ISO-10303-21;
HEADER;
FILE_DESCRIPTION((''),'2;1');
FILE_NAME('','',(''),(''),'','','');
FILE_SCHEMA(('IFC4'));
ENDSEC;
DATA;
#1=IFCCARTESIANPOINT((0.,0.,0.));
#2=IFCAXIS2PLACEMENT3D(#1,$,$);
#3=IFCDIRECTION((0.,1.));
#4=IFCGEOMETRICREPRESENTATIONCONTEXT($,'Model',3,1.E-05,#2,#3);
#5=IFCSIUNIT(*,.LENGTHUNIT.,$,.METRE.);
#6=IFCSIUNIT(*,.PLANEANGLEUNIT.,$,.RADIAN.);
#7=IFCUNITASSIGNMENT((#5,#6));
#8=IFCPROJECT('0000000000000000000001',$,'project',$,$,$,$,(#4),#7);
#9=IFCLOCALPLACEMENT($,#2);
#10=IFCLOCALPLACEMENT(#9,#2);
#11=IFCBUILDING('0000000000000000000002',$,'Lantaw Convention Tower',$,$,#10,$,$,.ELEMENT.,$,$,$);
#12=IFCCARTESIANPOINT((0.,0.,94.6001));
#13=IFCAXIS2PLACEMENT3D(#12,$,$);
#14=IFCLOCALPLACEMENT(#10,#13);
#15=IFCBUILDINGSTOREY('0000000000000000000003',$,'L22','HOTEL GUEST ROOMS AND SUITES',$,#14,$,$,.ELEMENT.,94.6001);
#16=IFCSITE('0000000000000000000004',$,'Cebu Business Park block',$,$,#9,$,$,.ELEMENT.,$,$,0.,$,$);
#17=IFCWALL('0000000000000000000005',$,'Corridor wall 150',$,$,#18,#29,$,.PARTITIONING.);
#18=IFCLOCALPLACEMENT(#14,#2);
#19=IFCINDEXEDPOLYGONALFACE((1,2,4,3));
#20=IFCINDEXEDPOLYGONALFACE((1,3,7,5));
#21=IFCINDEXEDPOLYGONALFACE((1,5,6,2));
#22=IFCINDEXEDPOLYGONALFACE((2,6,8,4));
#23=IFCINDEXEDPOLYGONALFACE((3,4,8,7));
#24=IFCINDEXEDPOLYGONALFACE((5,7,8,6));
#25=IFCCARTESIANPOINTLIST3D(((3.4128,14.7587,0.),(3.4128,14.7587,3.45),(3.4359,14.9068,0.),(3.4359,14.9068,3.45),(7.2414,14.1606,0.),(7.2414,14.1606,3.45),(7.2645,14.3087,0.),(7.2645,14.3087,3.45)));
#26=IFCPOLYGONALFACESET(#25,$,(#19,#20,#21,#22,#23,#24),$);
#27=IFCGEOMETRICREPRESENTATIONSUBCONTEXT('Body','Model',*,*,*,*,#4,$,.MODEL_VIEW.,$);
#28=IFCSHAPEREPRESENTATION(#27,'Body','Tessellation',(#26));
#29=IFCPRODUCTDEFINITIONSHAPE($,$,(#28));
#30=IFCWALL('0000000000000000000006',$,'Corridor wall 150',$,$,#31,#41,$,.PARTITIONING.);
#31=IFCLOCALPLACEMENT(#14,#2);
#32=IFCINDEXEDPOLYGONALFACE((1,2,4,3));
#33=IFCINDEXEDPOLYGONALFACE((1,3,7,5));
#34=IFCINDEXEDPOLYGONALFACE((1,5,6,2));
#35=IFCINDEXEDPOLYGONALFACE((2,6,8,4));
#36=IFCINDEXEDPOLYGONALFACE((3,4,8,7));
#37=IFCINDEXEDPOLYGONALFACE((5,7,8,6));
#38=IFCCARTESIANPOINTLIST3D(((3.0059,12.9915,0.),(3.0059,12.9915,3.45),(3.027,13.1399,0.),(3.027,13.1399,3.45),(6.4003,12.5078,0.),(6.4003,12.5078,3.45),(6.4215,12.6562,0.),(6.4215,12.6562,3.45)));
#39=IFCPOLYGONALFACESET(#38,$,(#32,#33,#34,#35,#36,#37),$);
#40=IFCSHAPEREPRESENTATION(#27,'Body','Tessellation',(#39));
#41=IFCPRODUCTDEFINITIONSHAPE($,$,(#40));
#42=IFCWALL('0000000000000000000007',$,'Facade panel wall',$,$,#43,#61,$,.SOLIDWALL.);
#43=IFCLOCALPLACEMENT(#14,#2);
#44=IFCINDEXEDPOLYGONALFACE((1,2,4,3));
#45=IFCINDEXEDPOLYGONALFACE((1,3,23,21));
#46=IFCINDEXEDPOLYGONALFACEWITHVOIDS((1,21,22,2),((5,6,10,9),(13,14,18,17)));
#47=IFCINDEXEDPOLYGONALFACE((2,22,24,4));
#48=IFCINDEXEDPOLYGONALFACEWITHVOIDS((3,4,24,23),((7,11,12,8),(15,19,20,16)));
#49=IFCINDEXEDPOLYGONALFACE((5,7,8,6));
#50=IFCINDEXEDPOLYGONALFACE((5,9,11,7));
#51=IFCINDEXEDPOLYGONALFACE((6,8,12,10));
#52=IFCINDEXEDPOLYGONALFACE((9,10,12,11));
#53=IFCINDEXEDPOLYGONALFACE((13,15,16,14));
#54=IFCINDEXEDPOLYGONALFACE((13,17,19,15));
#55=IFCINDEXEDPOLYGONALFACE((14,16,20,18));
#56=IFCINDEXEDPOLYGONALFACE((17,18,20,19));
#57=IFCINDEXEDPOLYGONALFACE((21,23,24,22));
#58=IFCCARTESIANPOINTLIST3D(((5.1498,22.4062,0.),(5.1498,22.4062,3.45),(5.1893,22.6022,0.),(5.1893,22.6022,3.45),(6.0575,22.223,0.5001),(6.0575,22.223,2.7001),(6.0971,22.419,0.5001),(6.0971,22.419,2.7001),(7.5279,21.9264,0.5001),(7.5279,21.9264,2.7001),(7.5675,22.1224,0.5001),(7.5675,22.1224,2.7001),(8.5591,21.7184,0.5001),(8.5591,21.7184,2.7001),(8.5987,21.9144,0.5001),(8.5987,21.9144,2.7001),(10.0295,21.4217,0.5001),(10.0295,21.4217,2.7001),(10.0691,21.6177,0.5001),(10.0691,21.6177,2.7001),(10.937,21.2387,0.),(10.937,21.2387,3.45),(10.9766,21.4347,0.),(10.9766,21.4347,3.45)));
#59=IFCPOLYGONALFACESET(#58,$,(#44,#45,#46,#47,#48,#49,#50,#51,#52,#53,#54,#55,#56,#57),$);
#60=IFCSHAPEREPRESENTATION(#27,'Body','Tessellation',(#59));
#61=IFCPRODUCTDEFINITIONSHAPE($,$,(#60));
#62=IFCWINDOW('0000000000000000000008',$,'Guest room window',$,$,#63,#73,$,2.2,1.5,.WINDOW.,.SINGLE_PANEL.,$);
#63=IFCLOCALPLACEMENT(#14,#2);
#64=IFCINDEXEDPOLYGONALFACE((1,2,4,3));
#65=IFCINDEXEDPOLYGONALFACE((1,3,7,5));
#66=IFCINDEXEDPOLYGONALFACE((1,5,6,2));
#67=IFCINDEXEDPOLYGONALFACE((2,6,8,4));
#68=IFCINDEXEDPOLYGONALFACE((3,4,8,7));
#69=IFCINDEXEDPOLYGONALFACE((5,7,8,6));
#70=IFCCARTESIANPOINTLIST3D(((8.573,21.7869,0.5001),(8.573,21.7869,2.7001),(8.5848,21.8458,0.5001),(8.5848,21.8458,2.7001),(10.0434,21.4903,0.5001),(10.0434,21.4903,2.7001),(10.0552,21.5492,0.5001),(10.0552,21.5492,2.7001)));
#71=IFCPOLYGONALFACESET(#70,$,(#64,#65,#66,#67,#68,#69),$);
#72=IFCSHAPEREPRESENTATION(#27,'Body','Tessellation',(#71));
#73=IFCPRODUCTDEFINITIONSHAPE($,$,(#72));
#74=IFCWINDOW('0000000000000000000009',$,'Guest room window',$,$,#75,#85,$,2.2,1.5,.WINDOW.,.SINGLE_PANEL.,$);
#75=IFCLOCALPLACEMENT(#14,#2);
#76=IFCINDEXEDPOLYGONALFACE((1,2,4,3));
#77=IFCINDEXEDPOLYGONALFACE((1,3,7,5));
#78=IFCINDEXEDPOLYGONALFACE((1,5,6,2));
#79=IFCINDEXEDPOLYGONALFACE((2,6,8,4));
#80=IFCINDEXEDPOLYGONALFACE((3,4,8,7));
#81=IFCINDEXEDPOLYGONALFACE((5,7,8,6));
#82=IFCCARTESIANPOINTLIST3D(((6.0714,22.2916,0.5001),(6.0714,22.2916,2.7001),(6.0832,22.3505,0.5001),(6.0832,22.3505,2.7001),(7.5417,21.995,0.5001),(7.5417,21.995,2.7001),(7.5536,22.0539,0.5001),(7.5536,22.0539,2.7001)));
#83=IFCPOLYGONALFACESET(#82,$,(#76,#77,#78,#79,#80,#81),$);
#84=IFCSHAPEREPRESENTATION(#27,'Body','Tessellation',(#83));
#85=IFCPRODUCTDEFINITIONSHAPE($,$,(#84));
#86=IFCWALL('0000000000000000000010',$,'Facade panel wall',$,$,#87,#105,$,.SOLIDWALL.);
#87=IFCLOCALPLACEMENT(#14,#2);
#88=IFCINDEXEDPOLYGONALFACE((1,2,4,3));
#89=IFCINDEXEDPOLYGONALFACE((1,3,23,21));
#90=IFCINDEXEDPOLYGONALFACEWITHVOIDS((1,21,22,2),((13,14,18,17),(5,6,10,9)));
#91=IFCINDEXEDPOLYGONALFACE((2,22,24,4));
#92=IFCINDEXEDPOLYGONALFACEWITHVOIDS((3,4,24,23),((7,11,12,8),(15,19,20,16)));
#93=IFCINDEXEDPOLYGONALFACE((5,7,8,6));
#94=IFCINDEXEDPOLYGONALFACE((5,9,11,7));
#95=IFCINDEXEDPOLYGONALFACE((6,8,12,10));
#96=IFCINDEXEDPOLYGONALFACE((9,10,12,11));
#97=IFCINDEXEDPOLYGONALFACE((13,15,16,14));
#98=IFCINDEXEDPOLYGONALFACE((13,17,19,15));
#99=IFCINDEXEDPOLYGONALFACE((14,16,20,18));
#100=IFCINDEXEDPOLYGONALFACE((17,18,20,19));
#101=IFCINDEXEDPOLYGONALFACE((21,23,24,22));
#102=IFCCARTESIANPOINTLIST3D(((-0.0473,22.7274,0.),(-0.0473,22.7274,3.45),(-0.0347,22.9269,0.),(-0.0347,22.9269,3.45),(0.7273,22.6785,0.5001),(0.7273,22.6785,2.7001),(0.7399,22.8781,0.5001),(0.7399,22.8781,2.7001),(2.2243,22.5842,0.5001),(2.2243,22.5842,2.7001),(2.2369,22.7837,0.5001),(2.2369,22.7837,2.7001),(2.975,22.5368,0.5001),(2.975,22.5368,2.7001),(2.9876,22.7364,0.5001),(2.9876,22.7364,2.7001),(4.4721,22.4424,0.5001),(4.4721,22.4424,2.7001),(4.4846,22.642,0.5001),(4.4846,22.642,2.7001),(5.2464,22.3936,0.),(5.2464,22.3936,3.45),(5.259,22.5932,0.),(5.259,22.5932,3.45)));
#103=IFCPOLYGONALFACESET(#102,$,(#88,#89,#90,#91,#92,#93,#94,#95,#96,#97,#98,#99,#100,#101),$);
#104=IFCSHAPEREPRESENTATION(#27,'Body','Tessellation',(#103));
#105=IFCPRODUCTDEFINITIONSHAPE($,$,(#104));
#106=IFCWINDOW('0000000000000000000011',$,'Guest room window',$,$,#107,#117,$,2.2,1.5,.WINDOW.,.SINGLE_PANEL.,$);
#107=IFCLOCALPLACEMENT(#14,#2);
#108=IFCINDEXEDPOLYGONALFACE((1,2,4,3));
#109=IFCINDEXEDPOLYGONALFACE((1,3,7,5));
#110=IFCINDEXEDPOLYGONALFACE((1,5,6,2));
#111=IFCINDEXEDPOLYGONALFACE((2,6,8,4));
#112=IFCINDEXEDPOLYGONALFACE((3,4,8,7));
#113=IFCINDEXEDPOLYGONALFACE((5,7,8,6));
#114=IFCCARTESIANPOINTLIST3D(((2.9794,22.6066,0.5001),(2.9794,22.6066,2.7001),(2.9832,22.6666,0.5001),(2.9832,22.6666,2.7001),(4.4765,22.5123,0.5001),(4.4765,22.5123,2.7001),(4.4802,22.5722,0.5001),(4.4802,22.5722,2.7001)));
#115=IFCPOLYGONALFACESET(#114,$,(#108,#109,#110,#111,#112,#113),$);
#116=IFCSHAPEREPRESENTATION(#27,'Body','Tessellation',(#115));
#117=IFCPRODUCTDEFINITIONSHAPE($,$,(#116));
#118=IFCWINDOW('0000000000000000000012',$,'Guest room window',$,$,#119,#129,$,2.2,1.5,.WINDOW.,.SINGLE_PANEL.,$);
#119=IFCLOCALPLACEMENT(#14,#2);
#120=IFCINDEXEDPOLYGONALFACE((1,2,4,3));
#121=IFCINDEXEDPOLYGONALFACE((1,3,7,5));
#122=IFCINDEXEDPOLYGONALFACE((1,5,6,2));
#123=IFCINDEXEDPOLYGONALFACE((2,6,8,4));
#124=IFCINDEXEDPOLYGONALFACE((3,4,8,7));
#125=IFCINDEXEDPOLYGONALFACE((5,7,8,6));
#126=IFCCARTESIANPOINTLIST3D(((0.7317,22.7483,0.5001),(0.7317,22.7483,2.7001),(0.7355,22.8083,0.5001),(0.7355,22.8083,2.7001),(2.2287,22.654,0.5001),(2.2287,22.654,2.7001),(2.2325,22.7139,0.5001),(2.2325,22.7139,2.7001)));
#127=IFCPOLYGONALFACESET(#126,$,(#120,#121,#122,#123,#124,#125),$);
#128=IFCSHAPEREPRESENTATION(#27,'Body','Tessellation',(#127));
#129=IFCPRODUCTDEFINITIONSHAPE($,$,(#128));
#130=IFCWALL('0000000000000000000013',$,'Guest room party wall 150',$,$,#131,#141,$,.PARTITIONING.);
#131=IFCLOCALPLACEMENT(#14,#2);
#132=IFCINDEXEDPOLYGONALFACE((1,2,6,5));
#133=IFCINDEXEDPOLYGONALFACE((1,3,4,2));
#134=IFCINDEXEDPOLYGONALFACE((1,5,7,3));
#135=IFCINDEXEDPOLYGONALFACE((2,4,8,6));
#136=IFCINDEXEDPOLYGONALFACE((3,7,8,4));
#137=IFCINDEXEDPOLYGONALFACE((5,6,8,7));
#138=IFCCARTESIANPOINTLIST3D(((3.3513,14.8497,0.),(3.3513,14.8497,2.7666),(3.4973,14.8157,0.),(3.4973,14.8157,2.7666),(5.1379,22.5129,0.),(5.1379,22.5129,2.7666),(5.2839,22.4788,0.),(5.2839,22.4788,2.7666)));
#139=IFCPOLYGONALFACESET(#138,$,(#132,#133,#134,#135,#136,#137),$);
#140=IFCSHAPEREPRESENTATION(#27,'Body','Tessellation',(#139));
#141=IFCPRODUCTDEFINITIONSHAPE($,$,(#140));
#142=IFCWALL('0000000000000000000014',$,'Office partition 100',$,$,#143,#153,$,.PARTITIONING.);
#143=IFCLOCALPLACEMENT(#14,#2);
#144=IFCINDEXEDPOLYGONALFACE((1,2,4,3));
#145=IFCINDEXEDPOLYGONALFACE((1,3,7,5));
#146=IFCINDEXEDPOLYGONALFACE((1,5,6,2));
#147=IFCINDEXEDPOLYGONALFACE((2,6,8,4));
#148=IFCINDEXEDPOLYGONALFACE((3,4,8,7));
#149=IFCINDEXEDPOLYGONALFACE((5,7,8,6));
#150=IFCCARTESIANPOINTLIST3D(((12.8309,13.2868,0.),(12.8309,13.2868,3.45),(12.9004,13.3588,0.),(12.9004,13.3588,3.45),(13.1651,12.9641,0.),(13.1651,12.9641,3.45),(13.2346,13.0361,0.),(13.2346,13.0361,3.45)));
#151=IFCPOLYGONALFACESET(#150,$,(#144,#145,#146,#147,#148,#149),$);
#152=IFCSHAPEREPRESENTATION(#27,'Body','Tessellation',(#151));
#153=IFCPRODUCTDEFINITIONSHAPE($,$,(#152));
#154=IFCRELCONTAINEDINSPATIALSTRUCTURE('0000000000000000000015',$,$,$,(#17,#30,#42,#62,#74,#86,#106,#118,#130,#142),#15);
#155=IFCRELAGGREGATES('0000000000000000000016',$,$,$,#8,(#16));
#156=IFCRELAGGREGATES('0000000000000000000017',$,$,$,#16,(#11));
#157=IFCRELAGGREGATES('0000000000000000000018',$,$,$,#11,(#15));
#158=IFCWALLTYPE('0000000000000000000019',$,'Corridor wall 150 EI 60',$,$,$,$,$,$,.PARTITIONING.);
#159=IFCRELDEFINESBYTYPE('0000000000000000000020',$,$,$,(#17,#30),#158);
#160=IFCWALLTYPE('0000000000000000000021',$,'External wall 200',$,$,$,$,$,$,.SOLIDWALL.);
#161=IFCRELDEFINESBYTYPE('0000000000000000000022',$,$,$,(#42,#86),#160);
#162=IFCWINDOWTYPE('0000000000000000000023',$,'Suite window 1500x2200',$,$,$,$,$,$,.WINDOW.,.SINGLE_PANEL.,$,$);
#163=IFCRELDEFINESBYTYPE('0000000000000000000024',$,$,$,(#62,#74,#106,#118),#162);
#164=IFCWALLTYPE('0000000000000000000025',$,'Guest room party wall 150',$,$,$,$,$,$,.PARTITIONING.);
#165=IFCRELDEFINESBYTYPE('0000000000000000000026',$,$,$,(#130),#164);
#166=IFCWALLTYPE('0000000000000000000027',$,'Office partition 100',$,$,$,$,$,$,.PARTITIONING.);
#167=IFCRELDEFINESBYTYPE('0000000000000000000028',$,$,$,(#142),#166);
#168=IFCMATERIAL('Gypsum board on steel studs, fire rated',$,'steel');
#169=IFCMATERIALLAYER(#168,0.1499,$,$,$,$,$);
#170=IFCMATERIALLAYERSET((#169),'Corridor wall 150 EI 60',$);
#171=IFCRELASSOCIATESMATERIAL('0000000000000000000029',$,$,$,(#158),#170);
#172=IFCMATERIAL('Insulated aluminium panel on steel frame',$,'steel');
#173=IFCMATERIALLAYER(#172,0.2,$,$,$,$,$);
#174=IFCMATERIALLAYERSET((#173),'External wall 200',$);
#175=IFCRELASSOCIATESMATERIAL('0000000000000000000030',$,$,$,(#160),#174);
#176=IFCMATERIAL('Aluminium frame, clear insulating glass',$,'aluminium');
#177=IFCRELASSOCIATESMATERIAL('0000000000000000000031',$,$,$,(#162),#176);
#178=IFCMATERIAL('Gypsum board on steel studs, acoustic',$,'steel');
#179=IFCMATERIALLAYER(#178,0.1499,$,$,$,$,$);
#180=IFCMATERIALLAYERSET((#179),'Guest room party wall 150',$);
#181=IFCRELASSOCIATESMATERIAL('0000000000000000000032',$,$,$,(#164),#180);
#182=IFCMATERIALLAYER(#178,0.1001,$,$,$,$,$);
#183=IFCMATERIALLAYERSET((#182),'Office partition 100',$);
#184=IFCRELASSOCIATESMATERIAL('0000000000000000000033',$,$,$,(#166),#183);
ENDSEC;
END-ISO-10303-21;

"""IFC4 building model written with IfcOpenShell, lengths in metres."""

from ifc_helpers import new_model, si_unit, direction, frame, frame_2d, origin, place, context, subcontext, project, spatial, rectangle, extrude, material, layer, layer_set, type_object, element, fill, save


model = new_model("IFC4")

# Units and contexts
model_context = context("Model", 3, precision=1e-05, world=origin(), true_north=direction((0.0, 1.0)))
body_context = subcontext(model_context, "Body", "Model", "MODEL_VIEW")
ifc_project = project(units=[si_unit("LENGTHUNIT", "METRE"), si_unit("PLANEANGLEUNIT", "RADIAN")], contexts=[model_context])

# Site, building, storey
site_placement = place(None, origin())
site = spatial("IfcSite", under=ifc_project, at=site_placement, Name="Cebu Business Park block", CompositionType="ELEMENT", RefElevation=0.0)
building_placement = place(site_placement, origin())
building = spatial("IfcBuilding", under=site, at=building_placement, Name="Lantaw Convention Tower", CompositionType="ELEMENT")
storey_placement = place(building_placement, frame((0.0, 0.0, 94.6001)))
storey = spatial("IfcBuildingStorey", under=building, at=storey_placement, Name="L22", Description="HOTEL GUEST ROOMS AND SUITES", CompositionType="ELEMENT", Elevation=94.6001)

# Shared definitions
ifc_material_1 = material(Name="Gypsum board on steel studs, fire rated", Category="steel")
ifc_layer_1 = layer(ifc_material_1, 0.1499)
ifc_layer_set_1 = layer_set([ifc_layer_1], Name="Corridor wall 150 EI 60")
wall_type_1 = type_object("IfcWallType", Name="Corridor wall 150 EI 60", PredefinedType="PARTITIONING", material=ifc_layer_set_1)

# Walls
wall_1_placement = place(storey_placement, frame((7.2529, 14.2346, 0.0), z_axis=(0.0, 0.0, 1.0), x_axis=(-0.988015, 0.154358, 0.0)))
element("IfcWall", 1, at=wall_1_placement, inside=storey, type_object=wall_type_1, Name="Corridor wall 150", PredefinedType="PARTITIONING", context=body_context, shape_type="SweptSolid", body=[
    extrude(rectangle(XDim=3.875, YDim=0.1499, at=frame_2d((1.9375, 0.0))), origin(), (0.0, 0.0, 1.0), 3.45),
])
wall_2_placement = place(storey_placement, frame((6.4109, 12.582, 0.0), z_axis=(0.0, 0.0, 1.0), x_axis=(-0.990002, 0.141053, 0.0)))
element("IfcWall", 2, at=wall_2_placement, inside=storey, type_object=wall_type_1, Name="Corridor wall 150", PredefinedType="PARTITIONING", context=body_context, shape_type="SweptSolid", body=[
    extrude(rectangle(XDim=3.4287, YDim=0.1499, at=frame_2d((1.7144, 0.0))), origin(), (0.0, 0.0, 1.0), 3.45),
])

# Walls, openings, windows
ifc_material_2 = material(Name="Insulated aluminium panel on steel frame", Category="steel")
ifc_layer_2 = layer(ifc_material_2, 0.2)
ifc_layer_set_2 = layer_set([ifc_layer_2], Name="External wall 200")
wall_type_2 = type_object("IfcWallType", Name="External wall 200", PredefinedType="SOLIDWALL", material=ifc_layer_set_2)
wall_3_placement = place(storey_placement, frame((10.9568, 21.3367, 0.0), z_axis=(0.0, 0.0, 1.0), x_axis=(-0.980252, 0.197754, 0.0)))
wall_3 = element("IfcWall", 3, at=wall_3_placement, inside=storey, type_object=wall_type_2, Name="Facade panel wall", PredefinedType="SOLIDWALL", context=body_context, shape_type="SweptSolid", body=[
    extrude(rectangle(XDim=5.9038, YDim=0.2, at=frame_2d((2.9519, 0.0))), origin(), (0.0, 0.0, 1.0), 3.45),
])
opening_1_placement = place(wall_3_placement, frame((0.9258, 0.0, 0.5)))
opening_1 = element("IfcOpeningElement", 4, at=opening_1_placement, cuts=wall_3, PredefinedType="OPENING", context=body_context, shape_type="SweptSolid", body=[
    extrude(rectangle(XDim=1.5, YDim=2.2, at=frame_2d((0.75, 1.1001))), frame((0.0, 0.1099, 0.0), z_axis=(0.0, -1.0, 0.0), x_axis=(1.0, 0.0, 0.0)), (0.0, 0.0, 1.0), 0.22),
])
opening_2_placement = place(wall_3_placement, frame((3.4778, 0.0, 0.5)))
opening_2 = element("IfcOpeningElement", 5, at=opening_2_placement, cuts=wall_3, PredefinedType="OPENING", context=body_context, shape_type="SweptSolid", body=[
    extrude(rectangle(XDim=1.5, YDim=2.2, at=frame_2d((0.75, 1.1001))), frame((0.0, 0.1099, 0.0), z_axis=(0.0, -1.0, 0.0), x_axis=(1.0, 0.0, 0.0)), (0.0, 0.0, 1.0), 0.22),
])
ifc_material_3 = material(Name="Aluminium frame, clear insulating glass", Category="aluminium")
window_type = type_object("IfcWindowType", Name="Suite window 1500x2200", PartitioningType="SINGLE_PANEL", PredefinedType="WINDOW", material=ifc_material_3)
window_1_placement = place(opening_1_placement, origin())
window_1 = element("IfcWindow", 6, at=window_1_placement, inside=storey, type_object=window_type, Name="Guest room window", OverallHeight=2.2, OverallWidth=1.5, PartitioningType="SINGLE_PANEL", PredefinedType="WINDOW", context=body_context, shape_type="SweptSolid", body=[
    extrude(rectangle(XDim=1.5, YDim=2.2, at=frame_2d((0.75, 1.1001))), frame((0.0, 0.03, 0.0), z_axis=(0.0, -1.0, 0.0), x_axis=(1.0, 0.0, 0.0)), (0.0, 0.0, 1.0), 0.0601),
])
fill(opening_1, window_1)
window_2_placement = place(opening_2_placement, origin())
window_2 = element("IfcWindow", 7, at=window_2_placement, inside=storey, type_object=window_type, Name="Guest room window", OverallHeight=2.2, OverallWidth=1.5, PartitioningType="SINGLE_PANEL", PredefinedType="WINDOW", context=body_context, shape_type="SweptSolid", body=[
    extrude(rectangle(XDim=1.5, YDim=2.2, at=frame_2d((0.75, 1.1001))), frame((0.0, 0.03, 0.0), z_axis=(0.0, -1.0, 0.0), x_axis=(1.0, 0.0, 0.0)), (0.0, 0.0, 1.0), 0.0601),
])
fill(opening_2, window_2)
wall_4_placement = place(storey_placement, frame((5.2527, 22.4934, 0.0), z_axis=(0.0, 0.0, 1.0), x_axis=(-0.998019, 0.06292, 0.0)))
wall_4 = element("IfcWall", 8, at=wall_4_placement, inside=storey, type_object=wall_type_2, Name="Facade panel wall", PredefinedType="SOLIDWALL", context=body_context, shape_type="SweptSolid", body=[
    extrude(rectangle(XDim=5.3042, YDim=0.2, at=frame_2d((2.6521, 0.0))), origin(), (0.0, 0.0, 1.0), 3.45),
])
opening_3_placement = place(wall_4_placement, frame((0.7759, 0.0, 0.5)))
opening_3 = element("IfcOpeningElement", 9, at=opening_3_placement, cuts=wall_4, PredefinedType="OPENING", context=body_context, shape_type="SweptSolid", body=[
    extrude(rectangle(XDim=1.5, YDim=2.2, at=frame_2d((0.75, 1.1001))), frame((0.0, 0.1099, 0.0), z_axis=(0.0, -1.0, 0.0), x_axis=(1.0, 0.0, 0.0)), (0.0, 0.0, 1.0), 0.22),
])
opening_4_placement = place(wall_4_placement, frame((3.0281, 0.0, 0.5)))
opening_4 = element("IfcOpeningElement", 10, at=opening_4_placement, cuts=wall_4, PredefinedType="OPENING", context=body_context, shape_type="SweptSolid", body=[
    extrude(rectangle(XDim=1.5, YDim=2.2, at=frame_2d((0.75, 1.1001))), frame((0.0, 0.1099, 0.0), z_axis=(0.0, -1.0, 0.0), x_axis=(1.0, 0.0, 0.0)), (0.0, 0.0, 1.0), 0.22),
])
window_3_placement = place(opening_3_placement, origin())
window_3 = element("IfcWindow", 11, at=window_3_placement, inside=storey, type_object=window_type, Name="Guest room window", OverallHeight=2.2, OverallWidth=1.5, PartitioningType="SINGLE_PANEL", PredefinedType="WINDOW", context=body_context, shape_type="SweptSolid", body=[
    extrude(rectangle(XDim=1.5, YDim=2.2, at=frame_2d((0.75, 1.1001))), frame((0.0, 0.03, 0.0), z_axis=(0.0, -1.0, 0.0), x_axis=(1.0, 0.0, 0.0)), (0.0, 0.0, 1.0), 0.0601),
])
fill(opening_3, window_3)
window_4_placement = place(opening_4_placement, origin())
window_4 = element("IfcWindow", 12, at=window_4_placement, inside=storey, type_object=window_type, Name="Guest room window", OverallHeight=2.2, OverallWidth=1.5, PartitioningType="SINGLE_PANEL", PredefinedType="WINDOW", context=body_context, shape_type="SweptSolid", body=[
    extrude(rectangle(XDim=1.5, YDim=2.2, at=frame_2d((0.75, 1.1001))), frame((0.0, 0.03, 0.0), z_axis=(0.0, -1.0, 0.0), x_axis=(1.0, 0.0, 0.0)), (0.0, 0.0, 1.0), 0.0601),
])
fill(opening_4, window_4)

# Walls
ifc_material_4 = material(Name="Gypsum board on steel studs, acoustic", Category="steel")
ifc_layer_3 = layer(ifc_material_4, 0.1499)
ifc_layer_set_3 = layer_set([ifc_layer_3], Name="Guest room party wall 150")
wall_type_3 = type_object("IfcWallType", Name="Guest room party wall 150", PredefinedType="PARTITIONING", material=ifc_layer_set_3)
wall_5_placement = place(storey_placement, frame((5.2109, 22.4958, 0.0), z_axis=(0.0, 0.0, 1.0), x_axis=(-0.227057, -0.973881, 0.0)))
element("IfcWall", 13, at=wall_5_placement, inside=storey, type_object=wall_type_3, Name="Guest room party wall 150", PredefinedType="PARTITIONING", context=body_context, shape_type="SweptSolid", body=[
    extrude(rectangle(XDim=7.8687, YDim=0.1499, at=frame_2d((3.9343, 0.0))), origin(), (0.0, 0.0, 1.0), 2.7666),
])
ifc_layer_4 = layer(ifc_material_4, 0.1001)
ifc_layer_set_4 = layer_set([ifc_layer_4], Name="Office partition 100")
wall_type_4 = type_object("IfcWallType", Name="Office partition 100", PredefinedType="PARTITIONING", material=ifc_layer_set_4)
wall_6_placement = place(storey_placement, frame((13.2, 13.0, 0.0), z_axis=(0.0, 0.0, 1.0), x_axis=(-0.719347, 0.694651, 0.0)))
element("IfcWall", 14, at=wall_6_placement, inside=storey, type_object=wall_type_4, Name="Office partition 100", PredefinedType="PARTITIONING", context=body_context, shape_type="SweptSolid", body=[
    extrude(rectangle(XDim=0.4646, YDim=0.1001, at=frame_2d((0.2324, 0.0))), origin(), (0.0, 0.0, 1.0), 3.45),
])

save(model, "model.ifc")
